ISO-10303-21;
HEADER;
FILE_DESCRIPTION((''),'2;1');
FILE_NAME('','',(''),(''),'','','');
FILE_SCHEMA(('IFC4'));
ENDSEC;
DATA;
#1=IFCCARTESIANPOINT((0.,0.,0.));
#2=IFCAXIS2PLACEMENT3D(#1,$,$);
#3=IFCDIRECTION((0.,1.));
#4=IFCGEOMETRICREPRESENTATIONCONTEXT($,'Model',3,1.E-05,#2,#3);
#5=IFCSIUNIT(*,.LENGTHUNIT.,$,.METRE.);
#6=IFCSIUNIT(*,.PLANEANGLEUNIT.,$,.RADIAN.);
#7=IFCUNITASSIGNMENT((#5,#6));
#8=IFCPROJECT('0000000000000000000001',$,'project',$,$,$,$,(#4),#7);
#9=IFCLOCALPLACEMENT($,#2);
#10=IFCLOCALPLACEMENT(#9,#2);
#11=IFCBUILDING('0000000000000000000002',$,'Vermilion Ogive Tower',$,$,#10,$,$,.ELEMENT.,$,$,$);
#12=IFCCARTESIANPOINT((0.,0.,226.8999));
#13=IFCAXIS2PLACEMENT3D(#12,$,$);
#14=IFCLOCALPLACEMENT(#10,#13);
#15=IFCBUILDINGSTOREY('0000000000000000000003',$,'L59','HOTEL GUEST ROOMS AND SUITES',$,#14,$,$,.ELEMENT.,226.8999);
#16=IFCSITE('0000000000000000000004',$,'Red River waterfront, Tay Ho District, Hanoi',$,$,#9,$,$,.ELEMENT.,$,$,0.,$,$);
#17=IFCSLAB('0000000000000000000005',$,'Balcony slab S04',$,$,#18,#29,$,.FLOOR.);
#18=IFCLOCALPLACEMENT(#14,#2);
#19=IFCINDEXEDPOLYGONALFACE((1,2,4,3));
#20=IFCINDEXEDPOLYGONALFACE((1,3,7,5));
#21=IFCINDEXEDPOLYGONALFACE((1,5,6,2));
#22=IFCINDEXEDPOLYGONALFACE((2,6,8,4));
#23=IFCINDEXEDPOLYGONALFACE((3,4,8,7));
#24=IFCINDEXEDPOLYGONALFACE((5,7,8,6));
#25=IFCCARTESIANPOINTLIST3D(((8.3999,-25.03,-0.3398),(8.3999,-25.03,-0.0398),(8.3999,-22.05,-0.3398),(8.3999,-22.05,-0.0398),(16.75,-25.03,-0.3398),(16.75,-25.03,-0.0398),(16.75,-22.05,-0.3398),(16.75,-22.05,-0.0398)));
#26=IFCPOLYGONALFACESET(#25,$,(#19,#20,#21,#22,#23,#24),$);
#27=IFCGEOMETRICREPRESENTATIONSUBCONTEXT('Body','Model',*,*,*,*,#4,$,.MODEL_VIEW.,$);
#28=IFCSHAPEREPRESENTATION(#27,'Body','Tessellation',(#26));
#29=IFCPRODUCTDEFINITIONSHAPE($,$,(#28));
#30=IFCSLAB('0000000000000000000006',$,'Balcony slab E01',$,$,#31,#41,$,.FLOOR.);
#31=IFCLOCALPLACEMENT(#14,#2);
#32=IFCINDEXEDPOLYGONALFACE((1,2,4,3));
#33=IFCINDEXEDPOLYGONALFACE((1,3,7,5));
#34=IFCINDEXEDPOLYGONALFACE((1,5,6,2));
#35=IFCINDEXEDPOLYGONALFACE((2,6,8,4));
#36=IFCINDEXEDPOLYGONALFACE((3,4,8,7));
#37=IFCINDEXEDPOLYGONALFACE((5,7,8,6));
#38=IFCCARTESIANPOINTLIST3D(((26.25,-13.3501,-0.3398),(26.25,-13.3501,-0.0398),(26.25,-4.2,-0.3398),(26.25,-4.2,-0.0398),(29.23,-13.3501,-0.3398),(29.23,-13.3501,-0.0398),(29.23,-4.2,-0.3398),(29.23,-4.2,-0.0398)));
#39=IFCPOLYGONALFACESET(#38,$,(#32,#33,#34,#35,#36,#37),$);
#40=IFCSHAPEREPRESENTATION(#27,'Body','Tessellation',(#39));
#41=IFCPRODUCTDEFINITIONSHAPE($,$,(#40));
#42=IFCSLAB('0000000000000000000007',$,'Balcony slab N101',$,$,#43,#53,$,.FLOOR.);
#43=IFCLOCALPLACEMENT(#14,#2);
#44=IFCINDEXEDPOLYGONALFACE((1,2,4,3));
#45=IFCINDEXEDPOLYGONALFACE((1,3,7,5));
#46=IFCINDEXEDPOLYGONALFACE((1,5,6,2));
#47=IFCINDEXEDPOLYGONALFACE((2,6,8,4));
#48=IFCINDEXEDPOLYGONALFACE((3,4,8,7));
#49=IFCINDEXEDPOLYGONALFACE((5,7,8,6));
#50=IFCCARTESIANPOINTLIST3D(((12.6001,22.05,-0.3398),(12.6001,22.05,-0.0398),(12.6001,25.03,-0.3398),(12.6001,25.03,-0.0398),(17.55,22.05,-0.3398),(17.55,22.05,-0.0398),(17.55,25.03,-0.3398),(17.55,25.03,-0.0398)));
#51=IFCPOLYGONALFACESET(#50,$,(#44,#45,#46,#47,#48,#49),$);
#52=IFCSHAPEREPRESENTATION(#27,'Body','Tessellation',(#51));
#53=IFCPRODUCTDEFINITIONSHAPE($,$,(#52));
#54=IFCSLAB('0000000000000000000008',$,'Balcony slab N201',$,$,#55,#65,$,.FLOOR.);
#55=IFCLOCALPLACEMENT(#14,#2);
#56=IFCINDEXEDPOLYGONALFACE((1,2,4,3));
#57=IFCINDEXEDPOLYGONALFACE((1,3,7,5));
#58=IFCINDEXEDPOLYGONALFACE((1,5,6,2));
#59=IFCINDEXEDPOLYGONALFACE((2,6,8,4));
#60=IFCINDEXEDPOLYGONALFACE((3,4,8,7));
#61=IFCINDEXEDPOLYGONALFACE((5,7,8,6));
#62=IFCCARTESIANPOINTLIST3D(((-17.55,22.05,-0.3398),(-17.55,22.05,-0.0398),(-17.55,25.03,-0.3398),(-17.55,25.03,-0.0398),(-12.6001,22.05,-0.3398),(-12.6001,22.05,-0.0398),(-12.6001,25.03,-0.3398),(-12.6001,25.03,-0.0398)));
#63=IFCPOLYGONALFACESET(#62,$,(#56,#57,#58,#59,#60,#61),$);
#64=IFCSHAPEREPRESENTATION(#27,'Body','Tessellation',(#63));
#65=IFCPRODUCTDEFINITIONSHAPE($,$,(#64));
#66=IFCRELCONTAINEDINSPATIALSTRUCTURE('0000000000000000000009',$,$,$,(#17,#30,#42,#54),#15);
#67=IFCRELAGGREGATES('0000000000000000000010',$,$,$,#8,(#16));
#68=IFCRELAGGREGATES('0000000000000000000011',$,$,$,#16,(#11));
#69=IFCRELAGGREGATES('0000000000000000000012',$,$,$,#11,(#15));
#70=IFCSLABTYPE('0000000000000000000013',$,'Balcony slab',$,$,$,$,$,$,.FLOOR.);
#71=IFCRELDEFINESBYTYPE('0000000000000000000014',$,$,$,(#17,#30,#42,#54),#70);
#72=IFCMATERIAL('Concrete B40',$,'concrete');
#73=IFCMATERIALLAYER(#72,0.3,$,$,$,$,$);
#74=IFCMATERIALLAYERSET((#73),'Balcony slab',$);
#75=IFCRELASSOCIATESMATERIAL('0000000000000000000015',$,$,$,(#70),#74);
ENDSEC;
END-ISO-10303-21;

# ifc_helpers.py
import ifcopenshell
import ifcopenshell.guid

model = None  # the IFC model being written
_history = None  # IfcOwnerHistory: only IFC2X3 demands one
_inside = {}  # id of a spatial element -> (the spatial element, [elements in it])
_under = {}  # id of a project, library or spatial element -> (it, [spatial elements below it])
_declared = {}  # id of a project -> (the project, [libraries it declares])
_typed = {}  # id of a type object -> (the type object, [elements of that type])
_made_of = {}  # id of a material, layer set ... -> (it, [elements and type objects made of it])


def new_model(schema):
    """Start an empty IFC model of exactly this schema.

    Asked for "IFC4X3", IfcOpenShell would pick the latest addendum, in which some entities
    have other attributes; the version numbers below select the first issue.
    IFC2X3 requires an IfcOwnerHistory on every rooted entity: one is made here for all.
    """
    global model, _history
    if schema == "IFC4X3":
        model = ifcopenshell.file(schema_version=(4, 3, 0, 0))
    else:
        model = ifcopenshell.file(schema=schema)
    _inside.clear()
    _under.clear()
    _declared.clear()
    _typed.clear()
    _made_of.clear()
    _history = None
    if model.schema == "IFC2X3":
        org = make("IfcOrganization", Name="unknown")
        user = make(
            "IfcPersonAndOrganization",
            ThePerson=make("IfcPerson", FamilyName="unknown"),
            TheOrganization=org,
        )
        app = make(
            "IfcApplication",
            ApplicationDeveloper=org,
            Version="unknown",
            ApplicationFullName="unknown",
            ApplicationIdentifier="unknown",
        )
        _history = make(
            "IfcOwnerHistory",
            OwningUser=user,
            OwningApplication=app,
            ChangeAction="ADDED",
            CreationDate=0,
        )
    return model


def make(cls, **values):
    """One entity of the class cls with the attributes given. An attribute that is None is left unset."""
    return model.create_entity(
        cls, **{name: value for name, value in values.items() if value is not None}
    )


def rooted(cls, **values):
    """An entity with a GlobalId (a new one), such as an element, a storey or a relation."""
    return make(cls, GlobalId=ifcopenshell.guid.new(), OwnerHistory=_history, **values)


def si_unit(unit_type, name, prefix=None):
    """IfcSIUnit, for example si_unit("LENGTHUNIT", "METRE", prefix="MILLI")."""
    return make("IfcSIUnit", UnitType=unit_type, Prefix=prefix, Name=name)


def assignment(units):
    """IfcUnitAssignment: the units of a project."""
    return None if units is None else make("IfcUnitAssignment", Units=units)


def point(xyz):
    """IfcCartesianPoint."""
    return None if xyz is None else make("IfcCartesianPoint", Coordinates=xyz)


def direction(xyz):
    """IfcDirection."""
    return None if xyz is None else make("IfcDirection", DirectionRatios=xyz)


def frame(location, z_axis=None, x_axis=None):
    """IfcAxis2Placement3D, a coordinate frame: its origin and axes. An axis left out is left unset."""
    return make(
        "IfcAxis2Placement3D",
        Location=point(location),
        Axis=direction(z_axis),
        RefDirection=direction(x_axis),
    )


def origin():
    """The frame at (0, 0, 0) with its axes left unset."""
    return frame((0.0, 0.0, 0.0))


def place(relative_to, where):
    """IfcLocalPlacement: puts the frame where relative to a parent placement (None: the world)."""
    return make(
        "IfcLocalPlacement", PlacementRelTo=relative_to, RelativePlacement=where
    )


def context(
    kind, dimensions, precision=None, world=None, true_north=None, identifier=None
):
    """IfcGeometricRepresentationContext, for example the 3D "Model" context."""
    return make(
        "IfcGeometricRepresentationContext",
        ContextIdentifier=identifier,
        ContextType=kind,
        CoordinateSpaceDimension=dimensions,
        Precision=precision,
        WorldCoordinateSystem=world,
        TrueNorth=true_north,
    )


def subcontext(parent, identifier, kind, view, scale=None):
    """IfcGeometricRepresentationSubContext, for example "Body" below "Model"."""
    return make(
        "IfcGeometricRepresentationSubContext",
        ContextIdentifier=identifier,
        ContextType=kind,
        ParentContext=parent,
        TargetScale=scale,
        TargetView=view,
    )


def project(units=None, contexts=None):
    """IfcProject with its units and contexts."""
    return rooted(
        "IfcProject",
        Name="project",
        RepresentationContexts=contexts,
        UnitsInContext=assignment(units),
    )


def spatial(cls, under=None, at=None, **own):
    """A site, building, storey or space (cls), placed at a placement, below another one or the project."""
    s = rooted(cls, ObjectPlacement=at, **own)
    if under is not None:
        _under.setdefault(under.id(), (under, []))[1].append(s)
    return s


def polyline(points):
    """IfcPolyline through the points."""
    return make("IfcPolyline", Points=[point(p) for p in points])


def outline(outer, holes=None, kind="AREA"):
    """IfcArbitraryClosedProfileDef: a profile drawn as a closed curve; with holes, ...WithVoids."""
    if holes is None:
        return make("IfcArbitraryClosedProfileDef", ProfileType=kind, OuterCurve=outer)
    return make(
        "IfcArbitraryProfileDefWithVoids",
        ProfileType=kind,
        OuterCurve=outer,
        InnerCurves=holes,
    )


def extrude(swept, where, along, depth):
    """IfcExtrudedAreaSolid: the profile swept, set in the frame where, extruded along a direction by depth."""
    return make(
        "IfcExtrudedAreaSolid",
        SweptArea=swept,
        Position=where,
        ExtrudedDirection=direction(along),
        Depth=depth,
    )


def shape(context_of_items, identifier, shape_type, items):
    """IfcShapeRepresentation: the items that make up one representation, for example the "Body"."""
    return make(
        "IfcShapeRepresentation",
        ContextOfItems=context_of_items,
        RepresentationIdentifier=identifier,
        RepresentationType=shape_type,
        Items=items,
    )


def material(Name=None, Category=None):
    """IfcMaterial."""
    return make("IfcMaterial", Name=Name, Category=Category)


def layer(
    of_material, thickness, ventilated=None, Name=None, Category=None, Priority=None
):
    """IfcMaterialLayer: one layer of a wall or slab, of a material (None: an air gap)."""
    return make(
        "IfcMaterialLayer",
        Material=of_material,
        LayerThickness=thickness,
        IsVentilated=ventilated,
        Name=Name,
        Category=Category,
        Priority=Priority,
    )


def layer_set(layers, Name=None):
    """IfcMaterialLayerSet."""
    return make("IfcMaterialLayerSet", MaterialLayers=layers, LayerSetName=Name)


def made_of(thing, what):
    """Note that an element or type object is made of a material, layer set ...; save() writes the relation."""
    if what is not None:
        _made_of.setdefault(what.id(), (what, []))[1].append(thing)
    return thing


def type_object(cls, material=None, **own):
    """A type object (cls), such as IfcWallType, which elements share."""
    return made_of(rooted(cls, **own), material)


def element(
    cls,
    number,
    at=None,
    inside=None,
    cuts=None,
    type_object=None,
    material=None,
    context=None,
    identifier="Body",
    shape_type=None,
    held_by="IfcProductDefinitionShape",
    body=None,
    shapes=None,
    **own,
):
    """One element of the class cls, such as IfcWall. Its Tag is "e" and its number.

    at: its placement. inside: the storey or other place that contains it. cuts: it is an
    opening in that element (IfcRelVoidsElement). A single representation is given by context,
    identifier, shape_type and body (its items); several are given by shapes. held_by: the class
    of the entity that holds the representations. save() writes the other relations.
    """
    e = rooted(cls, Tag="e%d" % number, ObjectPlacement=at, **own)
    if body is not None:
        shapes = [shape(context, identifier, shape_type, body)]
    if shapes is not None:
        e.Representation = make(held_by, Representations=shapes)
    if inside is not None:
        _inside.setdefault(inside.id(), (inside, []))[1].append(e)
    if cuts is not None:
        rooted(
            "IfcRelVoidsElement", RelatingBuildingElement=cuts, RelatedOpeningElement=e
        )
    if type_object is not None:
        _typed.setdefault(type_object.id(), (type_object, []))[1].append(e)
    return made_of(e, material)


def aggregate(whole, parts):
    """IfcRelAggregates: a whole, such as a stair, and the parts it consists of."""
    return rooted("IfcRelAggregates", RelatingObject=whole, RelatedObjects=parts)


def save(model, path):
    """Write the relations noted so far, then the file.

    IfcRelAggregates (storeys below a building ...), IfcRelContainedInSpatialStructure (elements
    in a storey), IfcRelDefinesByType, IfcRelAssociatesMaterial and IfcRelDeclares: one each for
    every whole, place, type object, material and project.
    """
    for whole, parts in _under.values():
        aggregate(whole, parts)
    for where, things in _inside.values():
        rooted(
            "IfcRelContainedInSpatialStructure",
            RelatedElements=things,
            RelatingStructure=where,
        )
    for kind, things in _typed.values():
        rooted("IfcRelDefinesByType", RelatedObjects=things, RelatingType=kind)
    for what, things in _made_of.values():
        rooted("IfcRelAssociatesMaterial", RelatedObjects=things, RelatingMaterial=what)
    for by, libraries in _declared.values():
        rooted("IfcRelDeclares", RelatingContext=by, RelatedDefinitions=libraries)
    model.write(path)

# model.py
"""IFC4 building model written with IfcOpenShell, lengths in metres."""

from ifc_helpers import new_model, si_unit, direction, frame, origin, place, context, subcontext, project, spatial, polyline, outline, extrude, material, layer, layer_set, type_object, element, save


model = new_model("IFC4")

# Units and contexts
model_context = context("Model", 3, precision=1e-05, world=origin(), true_north=direction((0.0, 1.0)))
body_context = subcontext(model_context, "Body", "Model", "MODEL_VIEW")
ifc_project = project(units=[si_unit("LENGTHUNIT", "METRE"), si_unit("PLANEANGLEUNIT", "RADIAN")], contexts=[model_context])

# Site, building, storey
site_placement = place(None, origin())
site = spatial("IfcSite", under=ifc_project, at=site_placement, Name="Red River waterfront, Tay Ho District, Hanoi", CompositionType="ELEMENT", RefElevation=0.0)
building_placement = place(site_placement, origin())
building = spatial("IfcBuilding", under=site, at=building_placement, Name="Vermilion Ogive Tower", CompositionType="ELEMENT")
storey_placement = place(building_placement, frame((0.0, 0.0, 226.8999)))
storey = spatial("IfcBuildingStorey", under=building, at=storey_placement, Name="L59", Description="HOTEL GUEST ROOMS AND SUITES", CompositionType="ELEMENT", Elevation=226.8999)

# Slabs
ifc_material_1 = material(Name="Concrete B40", Category="concrete")
ifc_layer_1 = layer(ifc_material_1, 0.3)
ifc_layer_set_1 = layer_set([ifc_layer_1], Name="Balcony slab")
slab_type_1 = type_object("IfcSlabType", Name="Balcony slab", PredefinedType="FLOOR", material=ifc_layer_set_1)
slab_1_placement = place(storey_placement, frame((0.0, 0.0, -0.3398)))
element("IfcSlab", 1, at=slab_1_placement, inside=storey, type_object=slab_type_1, Name="Balcony slab S04", PredefinedType="FLOOR", context=body_context, shape_type="SweptSolid", body=[
    extrude(outline(polyline([(8.3999, -25.03), (16.75, -25.03), (16.75, -22.05), (8.3999, -22.05), (8.3999, -25.03)])), origin(), (0.0, 0.0, 1.0), 0.3),
])
slab_2_placement = place(storey_placement, frame((0.0, 0.0, -0.3398)))
element("IfcSlab", 2, at=slab_2_placement, inside=storey, type_object=slab_type_1, Name="Balcony slab E01", PredefinedType="FLOOR", context=body_context, shape_type="SweptSolid", body=[
    extrude(outline(polyline([(29.23, -13.3501), (29.23, -4.2), (26.25, -4.2), (26.25, -13.3501), (29.23, -13.3501)])), origin(), (0.0, 0.0, 1.0), 0.3),
])
slab_3_placement = place(storey_placement, frame((0.0, 0.0, -0.3398)))
element("IfcSlab", 3, at=slab_3_placement, inside=storey, type_object=slab_type_1, Name="Balcony slab N101", PredefinedType="FLOOR", context=body_context, shape_type="SweptSolid", body=[
    extrude(outline(polyline([(17.55, 25.03), (12.6001, 25.03), (12.6001, 22.05), (17.55, 22.05), (17.55, 25.03)])), origin(), (0.0, 0.0, 1.0), 0.3),
])
slab_4_placement = place(storey_placement, frame((0.0, 0.0, -0.3398)))
element("IfcSlab", 4, at=slab_4_placement, inside=storey, type_object=slab_type_1, Name="Balcony slab N201", PredefinedType="FLOOR", context=body_context, shape_type="SweptSolid", body=[
    extrude(outline(polyline([(-12.6001, 25.03), (-17.55, 25.03), (-17.55, 22.05), (-12.6001, 22.05), (-12.6001, 25.03)])), origin(), (0.0, 0.0, 1.0), 0.3),
])

save(model, "model.ifc")
